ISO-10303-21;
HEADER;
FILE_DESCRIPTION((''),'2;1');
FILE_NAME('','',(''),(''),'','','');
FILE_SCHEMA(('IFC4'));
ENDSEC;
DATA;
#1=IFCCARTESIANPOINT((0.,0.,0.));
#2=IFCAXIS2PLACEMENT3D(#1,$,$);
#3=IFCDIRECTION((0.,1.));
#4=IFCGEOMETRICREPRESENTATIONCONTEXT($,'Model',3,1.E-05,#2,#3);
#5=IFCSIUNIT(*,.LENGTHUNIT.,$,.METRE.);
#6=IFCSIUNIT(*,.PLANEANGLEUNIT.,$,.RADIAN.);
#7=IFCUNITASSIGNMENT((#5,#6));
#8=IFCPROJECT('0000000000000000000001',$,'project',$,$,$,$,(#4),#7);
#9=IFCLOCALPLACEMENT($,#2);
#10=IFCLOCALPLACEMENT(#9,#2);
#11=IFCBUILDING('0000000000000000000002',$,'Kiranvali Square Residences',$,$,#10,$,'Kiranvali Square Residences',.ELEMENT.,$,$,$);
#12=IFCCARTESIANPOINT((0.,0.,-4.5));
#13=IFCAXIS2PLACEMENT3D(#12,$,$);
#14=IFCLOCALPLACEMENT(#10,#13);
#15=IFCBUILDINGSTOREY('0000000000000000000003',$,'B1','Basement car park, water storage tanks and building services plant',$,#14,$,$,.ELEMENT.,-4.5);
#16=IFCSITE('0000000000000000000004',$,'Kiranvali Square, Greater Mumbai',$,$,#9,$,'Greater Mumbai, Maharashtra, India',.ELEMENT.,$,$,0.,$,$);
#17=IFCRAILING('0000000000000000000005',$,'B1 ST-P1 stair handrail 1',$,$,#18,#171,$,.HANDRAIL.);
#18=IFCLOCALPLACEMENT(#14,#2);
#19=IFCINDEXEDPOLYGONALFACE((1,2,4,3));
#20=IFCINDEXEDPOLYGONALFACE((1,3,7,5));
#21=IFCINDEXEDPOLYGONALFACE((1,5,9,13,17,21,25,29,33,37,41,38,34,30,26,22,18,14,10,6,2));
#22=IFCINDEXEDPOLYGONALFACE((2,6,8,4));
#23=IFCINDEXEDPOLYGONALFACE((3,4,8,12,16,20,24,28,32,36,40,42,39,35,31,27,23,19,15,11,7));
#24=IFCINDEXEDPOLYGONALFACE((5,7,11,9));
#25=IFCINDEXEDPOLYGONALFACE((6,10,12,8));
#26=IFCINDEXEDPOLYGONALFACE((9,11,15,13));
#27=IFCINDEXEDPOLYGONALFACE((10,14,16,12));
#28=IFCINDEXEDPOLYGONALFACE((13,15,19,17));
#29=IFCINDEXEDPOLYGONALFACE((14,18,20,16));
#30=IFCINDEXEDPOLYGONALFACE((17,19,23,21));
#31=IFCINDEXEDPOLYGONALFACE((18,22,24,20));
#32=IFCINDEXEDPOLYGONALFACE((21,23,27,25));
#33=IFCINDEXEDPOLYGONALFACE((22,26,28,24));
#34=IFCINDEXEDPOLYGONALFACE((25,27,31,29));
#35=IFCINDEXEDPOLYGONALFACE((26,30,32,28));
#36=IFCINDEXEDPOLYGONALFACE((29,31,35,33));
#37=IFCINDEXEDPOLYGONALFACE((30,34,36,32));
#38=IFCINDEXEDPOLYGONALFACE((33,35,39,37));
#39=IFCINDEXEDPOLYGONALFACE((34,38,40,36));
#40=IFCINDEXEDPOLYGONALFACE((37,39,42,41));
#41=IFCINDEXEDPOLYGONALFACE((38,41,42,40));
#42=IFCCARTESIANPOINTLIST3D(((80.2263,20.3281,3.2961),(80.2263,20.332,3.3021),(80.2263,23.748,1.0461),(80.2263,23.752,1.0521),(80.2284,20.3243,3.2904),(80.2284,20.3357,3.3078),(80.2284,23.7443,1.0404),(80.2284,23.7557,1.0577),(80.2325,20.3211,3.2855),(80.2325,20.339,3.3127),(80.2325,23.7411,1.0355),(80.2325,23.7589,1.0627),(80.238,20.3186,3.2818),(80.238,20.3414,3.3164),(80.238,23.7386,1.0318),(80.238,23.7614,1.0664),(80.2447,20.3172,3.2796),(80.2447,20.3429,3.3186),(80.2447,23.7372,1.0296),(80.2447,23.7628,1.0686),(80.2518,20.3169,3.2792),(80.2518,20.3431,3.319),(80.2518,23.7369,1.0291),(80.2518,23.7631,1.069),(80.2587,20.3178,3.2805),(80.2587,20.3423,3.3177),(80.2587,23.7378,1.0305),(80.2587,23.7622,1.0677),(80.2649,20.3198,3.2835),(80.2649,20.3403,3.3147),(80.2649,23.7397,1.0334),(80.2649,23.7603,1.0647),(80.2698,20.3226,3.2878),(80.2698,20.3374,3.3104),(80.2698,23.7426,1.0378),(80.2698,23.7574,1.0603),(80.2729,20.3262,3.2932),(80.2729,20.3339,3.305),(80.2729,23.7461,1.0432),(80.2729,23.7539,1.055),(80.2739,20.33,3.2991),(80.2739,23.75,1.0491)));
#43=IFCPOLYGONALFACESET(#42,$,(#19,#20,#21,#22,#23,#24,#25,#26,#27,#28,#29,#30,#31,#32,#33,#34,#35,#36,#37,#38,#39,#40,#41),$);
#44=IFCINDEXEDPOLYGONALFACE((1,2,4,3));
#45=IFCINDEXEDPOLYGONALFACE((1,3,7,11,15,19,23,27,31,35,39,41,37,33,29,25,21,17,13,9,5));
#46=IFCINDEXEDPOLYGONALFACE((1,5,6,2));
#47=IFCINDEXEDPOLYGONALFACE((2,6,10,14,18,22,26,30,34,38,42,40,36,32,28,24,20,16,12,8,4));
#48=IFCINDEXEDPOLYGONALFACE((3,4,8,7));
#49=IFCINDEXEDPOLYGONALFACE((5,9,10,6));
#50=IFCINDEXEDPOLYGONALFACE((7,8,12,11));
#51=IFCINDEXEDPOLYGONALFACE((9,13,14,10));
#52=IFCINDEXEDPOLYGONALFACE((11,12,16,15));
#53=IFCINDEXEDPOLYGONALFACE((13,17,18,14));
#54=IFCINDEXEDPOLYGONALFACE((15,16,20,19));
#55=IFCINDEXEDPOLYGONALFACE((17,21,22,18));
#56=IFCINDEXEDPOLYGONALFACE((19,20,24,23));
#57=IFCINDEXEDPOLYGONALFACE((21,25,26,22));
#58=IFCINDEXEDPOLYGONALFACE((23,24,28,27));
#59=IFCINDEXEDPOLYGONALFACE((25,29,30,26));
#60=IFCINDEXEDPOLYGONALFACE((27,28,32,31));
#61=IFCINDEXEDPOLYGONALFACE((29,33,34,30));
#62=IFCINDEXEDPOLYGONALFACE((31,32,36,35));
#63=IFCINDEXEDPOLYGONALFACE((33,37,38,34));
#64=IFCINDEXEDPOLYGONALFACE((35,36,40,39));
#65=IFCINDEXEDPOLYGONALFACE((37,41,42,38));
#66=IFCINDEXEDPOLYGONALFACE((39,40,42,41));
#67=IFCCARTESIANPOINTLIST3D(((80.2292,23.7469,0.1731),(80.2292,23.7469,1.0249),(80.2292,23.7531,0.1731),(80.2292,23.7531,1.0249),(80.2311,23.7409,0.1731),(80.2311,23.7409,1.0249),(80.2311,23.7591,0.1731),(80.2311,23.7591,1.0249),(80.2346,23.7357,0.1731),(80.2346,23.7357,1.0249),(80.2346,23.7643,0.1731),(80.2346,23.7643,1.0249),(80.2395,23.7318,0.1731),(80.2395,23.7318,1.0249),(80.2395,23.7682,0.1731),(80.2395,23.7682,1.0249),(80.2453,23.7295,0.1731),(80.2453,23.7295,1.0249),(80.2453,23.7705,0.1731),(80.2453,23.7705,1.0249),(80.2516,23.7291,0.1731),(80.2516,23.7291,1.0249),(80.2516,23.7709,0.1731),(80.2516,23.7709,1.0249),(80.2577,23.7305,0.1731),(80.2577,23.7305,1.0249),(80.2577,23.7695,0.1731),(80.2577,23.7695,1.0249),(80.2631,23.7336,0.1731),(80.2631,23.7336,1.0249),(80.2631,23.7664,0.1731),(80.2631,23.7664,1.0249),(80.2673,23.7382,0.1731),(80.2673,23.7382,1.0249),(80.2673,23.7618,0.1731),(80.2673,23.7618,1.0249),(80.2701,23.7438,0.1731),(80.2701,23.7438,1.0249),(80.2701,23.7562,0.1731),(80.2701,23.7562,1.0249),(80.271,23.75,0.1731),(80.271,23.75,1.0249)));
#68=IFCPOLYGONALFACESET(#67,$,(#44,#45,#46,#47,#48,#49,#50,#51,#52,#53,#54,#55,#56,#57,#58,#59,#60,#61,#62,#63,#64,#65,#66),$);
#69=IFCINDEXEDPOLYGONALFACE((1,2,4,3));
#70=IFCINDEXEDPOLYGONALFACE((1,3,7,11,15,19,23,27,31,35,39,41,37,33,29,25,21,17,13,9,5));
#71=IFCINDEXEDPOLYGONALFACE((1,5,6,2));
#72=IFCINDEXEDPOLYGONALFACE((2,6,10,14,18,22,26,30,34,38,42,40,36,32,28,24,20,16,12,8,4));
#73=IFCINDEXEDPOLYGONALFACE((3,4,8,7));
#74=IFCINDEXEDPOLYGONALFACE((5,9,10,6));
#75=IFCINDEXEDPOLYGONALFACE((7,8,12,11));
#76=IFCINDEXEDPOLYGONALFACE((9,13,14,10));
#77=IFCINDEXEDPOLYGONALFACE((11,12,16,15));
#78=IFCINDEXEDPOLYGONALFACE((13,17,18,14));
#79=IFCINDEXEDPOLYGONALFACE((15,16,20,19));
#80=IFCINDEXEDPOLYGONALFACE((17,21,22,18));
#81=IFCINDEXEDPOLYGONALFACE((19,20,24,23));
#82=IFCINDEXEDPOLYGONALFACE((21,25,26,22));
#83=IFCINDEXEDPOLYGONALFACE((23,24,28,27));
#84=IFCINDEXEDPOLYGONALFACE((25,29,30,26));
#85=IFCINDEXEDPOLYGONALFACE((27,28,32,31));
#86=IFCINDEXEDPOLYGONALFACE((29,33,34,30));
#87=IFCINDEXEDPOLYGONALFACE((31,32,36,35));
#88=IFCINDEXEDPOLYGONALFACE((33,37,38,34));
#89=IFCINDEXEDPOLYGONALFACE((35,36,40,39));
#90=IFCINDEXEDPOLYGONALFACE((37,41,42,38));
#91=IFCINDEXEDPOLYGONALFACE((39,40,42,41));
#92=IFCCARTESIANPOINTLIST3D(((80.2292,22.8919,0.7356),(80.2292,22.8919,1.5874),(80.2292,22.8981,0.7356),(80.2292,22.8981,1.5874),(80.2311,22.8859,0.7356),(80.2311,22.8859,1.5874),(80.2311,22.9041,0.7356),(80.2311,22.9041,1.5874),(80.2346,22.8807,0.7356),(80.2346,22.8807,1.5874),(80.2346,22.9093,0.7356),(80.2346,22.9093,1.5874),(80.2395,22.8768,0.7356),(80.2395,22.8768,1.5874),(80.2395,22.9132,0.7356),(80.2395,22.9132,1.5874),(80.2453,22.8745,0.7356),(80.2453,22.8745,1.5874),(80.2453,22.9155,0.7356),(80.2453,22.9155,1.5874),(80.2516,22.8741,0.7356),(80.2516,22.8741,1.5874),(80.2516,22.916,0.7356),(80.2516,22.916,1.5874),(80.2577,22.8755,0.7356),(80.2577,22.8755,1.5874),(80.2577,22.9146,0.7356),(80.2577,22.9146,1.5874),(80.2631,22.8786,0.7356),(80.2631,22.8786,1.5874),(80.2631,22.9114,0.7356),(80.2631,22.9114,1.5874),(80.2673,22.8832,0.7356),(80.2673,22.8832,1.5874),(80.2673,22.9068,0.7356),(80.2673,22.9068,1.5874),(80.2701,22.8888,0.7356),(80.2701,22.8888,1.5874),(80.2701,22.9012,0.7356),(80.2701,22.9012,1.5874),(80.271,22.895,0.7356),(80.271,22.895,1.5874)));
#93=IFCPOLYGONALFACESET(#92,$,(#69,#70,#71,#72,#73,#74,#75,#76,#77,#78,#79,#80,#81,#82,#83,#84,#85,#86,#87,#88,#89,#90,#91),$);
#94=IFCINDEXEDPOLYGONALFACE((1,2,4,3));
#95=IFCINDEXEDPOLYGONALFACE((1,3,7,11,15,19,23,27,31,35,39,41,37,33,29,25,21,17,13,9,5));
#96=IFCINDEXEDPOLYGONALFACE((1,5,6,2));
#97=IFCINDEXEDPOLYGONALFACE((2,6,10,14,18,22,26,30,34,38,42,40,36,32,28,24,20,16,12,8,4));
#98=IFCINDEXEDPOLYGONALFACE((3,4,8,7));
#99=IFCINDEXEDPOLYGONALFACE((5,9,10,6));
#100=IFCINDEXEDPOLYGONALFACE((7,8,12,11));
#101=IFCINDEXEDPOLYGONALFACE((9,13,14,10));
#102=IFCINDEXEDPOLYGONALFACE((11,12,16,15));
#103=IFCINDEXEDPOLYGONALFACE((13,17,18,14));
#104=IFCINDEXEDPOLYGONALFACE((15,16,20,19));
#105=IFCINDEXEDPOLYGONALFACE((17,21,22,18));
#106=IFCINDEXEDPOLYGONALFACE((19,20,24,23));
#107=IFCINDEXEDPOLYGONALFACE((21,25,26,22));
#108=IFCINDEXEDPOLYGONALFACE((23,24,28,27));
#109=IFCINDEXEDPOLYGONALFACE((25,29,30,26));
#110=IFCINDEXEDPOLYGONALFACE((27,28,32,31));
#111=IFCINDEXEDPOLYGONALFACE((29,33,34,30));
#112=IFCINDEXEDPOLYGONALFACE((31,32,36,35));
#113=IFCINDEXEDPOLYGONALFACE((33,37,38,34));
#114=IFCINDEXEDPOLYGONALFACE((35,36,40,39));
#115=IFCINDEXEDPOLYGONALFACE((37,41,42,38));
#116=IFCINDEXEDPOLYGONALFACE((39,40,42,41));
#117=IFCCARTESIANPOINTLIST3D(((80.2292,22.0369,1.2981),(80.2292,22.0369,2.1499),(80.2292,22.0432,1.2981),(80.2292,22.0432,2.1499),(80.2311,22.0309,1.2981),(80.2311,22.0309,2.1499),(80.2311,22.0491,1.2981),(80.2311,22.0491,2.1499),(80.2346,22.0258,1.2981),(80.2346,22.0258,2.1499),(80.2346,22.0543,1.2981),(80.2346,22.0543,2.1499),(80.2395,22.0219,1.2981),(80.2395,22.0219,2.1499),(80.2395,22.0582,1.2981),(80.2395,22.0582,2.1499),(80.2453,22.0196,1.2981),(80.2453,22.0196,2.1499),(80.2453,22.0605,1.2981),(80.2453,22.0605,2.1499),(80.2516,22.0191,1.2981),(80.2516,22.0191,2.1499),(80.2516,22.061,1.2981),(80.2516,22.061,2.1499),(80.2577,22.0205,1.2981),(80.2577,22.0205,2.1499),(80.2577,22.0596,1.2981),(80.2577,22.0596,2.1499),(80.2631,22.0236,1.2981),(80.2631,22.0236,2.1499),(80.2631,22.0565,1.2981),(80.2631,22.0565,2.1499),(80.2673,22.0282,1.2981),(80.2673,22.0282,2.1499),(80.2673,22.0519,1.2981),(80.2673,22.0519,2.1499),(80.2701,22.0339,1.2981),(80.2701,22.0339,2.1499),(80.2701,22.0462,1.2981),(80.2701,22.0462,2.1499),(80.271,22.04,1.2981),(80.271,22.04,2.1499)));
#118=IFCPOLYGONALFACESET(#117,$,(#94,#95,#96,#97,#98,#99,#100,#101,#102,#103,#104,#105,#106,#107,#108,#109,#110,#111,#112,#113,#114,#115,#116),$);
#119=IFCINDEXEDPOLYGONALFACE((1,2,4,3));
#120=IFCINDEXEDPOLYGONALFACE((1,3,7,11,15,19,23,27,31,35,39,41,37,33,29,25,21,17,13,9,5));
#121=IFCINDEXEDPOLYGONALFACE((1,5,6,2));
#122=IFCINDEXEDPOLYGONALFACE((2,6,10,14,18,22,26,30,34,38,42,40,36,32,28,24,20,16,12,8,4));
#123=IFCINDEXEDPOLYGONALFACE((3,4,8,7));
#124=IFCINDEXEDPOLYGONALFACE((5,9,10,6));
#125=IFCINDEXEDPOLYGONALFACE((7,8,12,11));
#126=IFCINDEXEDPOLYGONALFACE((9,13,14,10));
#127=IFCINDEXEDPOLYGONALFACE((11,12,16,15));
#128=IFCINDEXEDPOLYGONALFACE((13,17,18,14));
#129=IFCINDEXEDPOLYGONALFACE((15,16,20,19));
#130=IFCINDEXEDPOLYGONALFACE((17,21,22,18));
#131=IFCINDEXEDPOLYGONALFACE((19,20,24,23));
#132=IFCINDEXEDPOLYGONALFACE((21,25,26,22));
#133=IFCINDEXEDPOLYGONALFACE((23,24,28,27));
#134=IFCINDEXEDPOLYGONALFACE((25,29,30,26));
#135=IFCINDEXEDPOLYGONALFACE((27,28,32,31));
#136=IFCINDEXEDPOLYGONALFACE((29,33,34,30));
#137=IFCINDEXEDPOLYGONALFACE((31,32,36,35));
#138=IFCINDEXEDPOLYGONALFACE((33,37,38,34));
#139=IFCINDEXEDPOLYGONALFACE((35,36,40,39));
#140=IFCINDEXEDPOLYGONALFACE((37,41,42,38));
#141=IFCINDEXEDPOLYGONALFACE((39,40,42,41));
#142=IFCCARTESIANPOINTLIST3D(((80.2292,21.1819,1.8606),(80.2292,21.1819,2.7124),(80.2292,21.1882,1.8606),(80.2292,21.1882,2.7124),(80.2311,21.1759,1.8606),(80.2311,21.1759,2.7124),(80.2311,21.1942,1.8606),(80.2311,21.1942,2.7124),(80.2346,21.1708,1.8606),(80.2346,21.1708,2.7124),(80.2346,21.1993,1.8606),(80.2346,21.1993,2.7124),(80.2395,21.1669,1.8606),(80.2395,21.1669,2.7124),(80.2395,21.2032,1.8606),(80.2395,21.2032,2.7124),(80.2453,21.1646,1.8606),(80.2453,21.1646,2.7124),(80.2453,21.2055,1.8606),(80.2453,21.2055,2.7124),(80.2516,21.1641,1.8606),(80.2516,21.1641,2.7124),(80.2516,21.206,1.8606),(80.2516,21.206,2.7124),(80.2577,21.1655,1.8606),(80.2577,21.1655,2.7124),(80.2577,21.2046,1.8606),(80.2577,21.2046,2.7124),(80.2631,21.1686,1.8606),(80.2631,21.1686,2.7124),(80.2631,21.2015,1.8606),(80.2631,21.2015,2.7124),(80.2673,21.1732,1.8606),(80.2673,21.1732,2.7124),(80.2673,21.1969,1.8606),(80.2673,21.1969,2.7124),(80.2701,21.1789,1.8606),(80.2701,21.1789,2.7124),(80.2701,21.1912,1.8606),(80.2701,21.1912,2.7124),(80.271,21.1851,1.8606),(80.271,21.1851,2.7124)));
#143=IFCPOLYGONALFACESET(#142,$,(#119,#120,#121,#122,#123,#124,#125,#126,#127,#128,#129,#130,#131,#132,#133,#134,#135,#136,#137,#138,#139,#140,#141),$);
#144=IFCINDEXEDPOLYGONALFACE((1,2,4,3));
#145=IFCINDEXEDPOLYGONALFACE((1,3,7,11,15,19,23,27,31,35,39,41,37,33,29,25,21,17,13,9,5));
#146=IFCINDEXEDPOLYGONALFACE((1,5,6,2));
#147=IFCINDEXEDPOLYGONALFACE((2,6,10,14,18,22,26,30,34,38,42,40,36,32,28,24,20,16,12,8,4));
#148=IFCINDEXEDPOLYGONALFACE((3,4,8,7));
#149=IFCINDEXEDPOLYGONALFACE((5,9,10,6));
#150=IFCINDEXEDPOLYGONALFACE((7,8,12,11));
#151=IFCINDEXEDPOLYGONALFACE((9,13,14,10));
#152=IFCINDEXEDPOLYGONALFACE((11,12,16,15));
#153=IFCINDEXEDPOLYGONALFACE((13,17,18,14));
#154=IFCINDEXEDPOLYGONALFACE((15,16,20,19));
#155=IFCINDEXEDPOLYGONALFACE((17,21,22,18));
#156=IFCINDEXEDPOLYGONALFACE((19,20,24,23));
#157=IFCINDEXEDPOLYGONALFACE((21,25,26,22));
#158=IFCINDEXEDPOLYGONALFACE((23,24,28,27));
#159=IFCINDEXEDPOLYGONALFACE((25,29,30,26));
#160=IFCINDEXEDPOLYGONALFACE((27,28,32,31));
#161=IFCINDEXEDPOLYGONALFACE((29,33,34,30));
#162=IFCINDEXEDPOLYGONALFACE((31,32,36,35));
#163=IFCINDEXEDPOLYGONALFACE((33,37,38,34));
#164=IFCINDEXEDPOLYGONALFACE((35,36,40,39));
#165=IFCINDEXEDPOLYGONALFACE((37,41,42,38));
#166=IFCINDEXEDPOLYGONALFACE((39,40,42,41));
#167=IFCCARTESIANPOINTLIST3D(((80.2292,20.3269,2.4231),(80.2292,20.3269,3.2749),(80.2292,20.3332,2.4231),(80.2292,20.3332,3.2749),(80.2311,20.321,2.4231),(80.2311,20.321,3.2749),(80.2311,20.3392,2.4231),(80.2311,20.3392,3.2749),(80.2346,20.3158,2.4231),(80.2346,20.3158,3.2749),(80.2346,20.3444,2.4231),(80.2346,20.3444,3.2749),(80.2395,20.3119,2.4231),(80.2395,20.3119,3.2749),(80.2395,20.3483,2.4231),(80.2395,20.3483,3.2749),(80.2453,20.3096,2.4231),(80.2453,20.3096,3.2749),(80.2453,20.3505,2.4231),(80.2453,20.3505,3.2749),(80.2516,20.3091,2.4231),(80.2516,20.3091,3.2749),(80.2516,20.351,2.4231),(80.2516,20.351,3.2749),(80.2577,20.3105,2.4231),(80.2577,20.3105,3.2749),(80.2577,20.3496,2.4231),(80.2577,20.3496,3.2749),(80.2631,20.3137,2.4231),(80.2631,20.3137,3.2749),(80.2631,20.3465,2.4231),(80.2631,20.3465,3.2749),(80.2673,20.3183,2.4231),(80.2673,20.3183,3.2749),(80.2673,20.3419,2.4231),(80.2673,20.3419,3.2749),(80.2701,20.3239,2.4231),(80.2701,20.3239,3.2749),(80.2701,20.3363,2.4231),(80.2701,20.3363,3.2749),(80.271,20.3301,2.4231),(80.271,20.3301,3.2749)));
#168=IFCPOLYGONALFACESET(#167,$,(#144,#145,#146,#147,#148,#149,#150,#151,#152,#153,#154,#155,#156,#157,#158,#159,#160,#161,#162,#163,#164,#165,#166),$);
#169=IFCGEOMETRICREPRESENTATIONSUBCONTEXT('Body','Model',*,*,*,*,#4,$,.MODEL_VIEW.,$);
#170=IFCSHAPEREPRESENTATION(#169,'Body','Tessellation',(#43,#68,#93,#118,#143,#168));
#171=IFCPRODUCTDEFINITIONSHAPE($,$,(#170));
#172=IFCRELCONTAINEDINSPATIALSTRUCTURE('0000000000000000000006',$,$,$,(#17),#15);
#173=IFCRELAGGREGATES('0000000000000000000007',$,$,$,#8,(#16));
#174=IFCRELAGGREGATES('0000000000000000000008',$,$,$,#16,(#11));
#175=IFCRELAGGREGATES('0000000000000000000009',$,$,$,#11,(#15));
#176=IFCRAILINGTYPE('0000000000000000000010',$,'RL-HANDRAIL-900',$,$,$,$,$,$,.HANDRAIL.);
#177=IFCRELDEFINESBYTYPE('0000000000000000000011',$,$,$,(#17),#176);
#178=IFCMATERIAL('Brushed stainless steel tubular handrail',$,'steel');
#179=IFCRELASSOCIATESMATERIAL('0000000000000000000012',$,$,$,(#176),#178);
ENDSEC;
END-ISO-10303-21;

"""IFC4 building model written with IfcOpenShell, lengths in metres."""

from ifc_helpers import new_model, si_unit, direction, frame, origin, origin_2d, place, context, subcontext, project, spatial, circle, extrude, material, type_object, element, save


model = new_model("IFC4")

# Units and contexts
model_context = context("Model", 3, precision=1e-05, world=origin(), true_north=direction((0.0, 1.0)))
body_context = subcontext(model_context, "Body", "Model", "MODEL_VIEW")
ifc_project = project(units=[si_unit("LENGTHUNIT", "METRE"), si_unit("PLANEANGLEUNIT", "RADIAN")], contexts=[model_context])

# Site, building, storey
site_placement = place(None, origin())
site = spatial("IfcSite", under=ifc_project, at=site_placement, Name="Kiranvali Square, Greater Mumbai", LongName="Greater Mumbai, Maharashtra, India", CompositionType="ELEMENT", RefElevation=0.0)
building_placement = place(site_placement, origin())
building = spatial("IfcBuilding", under=site, at=building_placement, Name="Kiranvali Square Residences", LongName="Kiranvali Square Residences", CompositionType="ELEMENT")
storey_placement = place(building_placement, frame((0.0, 0.0, -4.5)))
storey = spatial("IfcBuildingStorey", under=building, at=storey_placement, Name="B1", Description="Basement car park, water storage tanks and building services plant", CompositionType="ELEMENT", Elevation=-4.5)

# Railing
ifc_material_1 = material(Name="Brushed stainless steel tubular handrail", Category="steel")
railing_type_1 = type_object("IfcRailingType", Name="RL-HANDRAIL-900", PredefinedType="HANDRAIL", material=ifc_material_1)
railing_1_placement = place(storey_placement, frame((80.25, 23.75, 0.1731)))
element("IfcRailing", 1, at=railing_1_placement, inside=storey, type_object=railing_type_1, Name="B1 ST-P1 stair handrail 1", PredefinedType="HANDRAIL", context=body_context, shape_type="SweptSolid", body=[
    extrude(circle(Radius=0.0239, at=origin_2d()), frame((0.0, 0.0, 0.876), z_axis=(0.0, -0.835411, 0.549625), x_axis=(1.0, 0.0, 0.0)), (0.0, 0.0, 1.0), 4.0938),
    extrude(circle(Radius=0.021, at=origin_2d()), origin(), (0.0, 0.0, 1.0), 0.8518),
    extrude(circle(Radius=0.021, at=origin_2d()), frame((0.0, -0.855, 0.5625)), (0.0, 0.0, 1.0), 0.8518),
    extrude(circle(Radius=0.021, at=origin_2d()), frame((0.0, -1.71, 1.125)), (0.0, 0.0, 1.0), 0.8518),
    extrude(circle(Radius=0.021, at=origin_2d()), frame((0.0, -2.5649, 1.6875)), (0.0, 0.0, 1.0), 0.8518),
    extrude(circle(Radius=0.021, at=origin_2d()), frame((0.0, -3.4199, 2.25)), (0.0, 0.0, 1.0), 0.8518),
])

save(model, "model.ifc")
